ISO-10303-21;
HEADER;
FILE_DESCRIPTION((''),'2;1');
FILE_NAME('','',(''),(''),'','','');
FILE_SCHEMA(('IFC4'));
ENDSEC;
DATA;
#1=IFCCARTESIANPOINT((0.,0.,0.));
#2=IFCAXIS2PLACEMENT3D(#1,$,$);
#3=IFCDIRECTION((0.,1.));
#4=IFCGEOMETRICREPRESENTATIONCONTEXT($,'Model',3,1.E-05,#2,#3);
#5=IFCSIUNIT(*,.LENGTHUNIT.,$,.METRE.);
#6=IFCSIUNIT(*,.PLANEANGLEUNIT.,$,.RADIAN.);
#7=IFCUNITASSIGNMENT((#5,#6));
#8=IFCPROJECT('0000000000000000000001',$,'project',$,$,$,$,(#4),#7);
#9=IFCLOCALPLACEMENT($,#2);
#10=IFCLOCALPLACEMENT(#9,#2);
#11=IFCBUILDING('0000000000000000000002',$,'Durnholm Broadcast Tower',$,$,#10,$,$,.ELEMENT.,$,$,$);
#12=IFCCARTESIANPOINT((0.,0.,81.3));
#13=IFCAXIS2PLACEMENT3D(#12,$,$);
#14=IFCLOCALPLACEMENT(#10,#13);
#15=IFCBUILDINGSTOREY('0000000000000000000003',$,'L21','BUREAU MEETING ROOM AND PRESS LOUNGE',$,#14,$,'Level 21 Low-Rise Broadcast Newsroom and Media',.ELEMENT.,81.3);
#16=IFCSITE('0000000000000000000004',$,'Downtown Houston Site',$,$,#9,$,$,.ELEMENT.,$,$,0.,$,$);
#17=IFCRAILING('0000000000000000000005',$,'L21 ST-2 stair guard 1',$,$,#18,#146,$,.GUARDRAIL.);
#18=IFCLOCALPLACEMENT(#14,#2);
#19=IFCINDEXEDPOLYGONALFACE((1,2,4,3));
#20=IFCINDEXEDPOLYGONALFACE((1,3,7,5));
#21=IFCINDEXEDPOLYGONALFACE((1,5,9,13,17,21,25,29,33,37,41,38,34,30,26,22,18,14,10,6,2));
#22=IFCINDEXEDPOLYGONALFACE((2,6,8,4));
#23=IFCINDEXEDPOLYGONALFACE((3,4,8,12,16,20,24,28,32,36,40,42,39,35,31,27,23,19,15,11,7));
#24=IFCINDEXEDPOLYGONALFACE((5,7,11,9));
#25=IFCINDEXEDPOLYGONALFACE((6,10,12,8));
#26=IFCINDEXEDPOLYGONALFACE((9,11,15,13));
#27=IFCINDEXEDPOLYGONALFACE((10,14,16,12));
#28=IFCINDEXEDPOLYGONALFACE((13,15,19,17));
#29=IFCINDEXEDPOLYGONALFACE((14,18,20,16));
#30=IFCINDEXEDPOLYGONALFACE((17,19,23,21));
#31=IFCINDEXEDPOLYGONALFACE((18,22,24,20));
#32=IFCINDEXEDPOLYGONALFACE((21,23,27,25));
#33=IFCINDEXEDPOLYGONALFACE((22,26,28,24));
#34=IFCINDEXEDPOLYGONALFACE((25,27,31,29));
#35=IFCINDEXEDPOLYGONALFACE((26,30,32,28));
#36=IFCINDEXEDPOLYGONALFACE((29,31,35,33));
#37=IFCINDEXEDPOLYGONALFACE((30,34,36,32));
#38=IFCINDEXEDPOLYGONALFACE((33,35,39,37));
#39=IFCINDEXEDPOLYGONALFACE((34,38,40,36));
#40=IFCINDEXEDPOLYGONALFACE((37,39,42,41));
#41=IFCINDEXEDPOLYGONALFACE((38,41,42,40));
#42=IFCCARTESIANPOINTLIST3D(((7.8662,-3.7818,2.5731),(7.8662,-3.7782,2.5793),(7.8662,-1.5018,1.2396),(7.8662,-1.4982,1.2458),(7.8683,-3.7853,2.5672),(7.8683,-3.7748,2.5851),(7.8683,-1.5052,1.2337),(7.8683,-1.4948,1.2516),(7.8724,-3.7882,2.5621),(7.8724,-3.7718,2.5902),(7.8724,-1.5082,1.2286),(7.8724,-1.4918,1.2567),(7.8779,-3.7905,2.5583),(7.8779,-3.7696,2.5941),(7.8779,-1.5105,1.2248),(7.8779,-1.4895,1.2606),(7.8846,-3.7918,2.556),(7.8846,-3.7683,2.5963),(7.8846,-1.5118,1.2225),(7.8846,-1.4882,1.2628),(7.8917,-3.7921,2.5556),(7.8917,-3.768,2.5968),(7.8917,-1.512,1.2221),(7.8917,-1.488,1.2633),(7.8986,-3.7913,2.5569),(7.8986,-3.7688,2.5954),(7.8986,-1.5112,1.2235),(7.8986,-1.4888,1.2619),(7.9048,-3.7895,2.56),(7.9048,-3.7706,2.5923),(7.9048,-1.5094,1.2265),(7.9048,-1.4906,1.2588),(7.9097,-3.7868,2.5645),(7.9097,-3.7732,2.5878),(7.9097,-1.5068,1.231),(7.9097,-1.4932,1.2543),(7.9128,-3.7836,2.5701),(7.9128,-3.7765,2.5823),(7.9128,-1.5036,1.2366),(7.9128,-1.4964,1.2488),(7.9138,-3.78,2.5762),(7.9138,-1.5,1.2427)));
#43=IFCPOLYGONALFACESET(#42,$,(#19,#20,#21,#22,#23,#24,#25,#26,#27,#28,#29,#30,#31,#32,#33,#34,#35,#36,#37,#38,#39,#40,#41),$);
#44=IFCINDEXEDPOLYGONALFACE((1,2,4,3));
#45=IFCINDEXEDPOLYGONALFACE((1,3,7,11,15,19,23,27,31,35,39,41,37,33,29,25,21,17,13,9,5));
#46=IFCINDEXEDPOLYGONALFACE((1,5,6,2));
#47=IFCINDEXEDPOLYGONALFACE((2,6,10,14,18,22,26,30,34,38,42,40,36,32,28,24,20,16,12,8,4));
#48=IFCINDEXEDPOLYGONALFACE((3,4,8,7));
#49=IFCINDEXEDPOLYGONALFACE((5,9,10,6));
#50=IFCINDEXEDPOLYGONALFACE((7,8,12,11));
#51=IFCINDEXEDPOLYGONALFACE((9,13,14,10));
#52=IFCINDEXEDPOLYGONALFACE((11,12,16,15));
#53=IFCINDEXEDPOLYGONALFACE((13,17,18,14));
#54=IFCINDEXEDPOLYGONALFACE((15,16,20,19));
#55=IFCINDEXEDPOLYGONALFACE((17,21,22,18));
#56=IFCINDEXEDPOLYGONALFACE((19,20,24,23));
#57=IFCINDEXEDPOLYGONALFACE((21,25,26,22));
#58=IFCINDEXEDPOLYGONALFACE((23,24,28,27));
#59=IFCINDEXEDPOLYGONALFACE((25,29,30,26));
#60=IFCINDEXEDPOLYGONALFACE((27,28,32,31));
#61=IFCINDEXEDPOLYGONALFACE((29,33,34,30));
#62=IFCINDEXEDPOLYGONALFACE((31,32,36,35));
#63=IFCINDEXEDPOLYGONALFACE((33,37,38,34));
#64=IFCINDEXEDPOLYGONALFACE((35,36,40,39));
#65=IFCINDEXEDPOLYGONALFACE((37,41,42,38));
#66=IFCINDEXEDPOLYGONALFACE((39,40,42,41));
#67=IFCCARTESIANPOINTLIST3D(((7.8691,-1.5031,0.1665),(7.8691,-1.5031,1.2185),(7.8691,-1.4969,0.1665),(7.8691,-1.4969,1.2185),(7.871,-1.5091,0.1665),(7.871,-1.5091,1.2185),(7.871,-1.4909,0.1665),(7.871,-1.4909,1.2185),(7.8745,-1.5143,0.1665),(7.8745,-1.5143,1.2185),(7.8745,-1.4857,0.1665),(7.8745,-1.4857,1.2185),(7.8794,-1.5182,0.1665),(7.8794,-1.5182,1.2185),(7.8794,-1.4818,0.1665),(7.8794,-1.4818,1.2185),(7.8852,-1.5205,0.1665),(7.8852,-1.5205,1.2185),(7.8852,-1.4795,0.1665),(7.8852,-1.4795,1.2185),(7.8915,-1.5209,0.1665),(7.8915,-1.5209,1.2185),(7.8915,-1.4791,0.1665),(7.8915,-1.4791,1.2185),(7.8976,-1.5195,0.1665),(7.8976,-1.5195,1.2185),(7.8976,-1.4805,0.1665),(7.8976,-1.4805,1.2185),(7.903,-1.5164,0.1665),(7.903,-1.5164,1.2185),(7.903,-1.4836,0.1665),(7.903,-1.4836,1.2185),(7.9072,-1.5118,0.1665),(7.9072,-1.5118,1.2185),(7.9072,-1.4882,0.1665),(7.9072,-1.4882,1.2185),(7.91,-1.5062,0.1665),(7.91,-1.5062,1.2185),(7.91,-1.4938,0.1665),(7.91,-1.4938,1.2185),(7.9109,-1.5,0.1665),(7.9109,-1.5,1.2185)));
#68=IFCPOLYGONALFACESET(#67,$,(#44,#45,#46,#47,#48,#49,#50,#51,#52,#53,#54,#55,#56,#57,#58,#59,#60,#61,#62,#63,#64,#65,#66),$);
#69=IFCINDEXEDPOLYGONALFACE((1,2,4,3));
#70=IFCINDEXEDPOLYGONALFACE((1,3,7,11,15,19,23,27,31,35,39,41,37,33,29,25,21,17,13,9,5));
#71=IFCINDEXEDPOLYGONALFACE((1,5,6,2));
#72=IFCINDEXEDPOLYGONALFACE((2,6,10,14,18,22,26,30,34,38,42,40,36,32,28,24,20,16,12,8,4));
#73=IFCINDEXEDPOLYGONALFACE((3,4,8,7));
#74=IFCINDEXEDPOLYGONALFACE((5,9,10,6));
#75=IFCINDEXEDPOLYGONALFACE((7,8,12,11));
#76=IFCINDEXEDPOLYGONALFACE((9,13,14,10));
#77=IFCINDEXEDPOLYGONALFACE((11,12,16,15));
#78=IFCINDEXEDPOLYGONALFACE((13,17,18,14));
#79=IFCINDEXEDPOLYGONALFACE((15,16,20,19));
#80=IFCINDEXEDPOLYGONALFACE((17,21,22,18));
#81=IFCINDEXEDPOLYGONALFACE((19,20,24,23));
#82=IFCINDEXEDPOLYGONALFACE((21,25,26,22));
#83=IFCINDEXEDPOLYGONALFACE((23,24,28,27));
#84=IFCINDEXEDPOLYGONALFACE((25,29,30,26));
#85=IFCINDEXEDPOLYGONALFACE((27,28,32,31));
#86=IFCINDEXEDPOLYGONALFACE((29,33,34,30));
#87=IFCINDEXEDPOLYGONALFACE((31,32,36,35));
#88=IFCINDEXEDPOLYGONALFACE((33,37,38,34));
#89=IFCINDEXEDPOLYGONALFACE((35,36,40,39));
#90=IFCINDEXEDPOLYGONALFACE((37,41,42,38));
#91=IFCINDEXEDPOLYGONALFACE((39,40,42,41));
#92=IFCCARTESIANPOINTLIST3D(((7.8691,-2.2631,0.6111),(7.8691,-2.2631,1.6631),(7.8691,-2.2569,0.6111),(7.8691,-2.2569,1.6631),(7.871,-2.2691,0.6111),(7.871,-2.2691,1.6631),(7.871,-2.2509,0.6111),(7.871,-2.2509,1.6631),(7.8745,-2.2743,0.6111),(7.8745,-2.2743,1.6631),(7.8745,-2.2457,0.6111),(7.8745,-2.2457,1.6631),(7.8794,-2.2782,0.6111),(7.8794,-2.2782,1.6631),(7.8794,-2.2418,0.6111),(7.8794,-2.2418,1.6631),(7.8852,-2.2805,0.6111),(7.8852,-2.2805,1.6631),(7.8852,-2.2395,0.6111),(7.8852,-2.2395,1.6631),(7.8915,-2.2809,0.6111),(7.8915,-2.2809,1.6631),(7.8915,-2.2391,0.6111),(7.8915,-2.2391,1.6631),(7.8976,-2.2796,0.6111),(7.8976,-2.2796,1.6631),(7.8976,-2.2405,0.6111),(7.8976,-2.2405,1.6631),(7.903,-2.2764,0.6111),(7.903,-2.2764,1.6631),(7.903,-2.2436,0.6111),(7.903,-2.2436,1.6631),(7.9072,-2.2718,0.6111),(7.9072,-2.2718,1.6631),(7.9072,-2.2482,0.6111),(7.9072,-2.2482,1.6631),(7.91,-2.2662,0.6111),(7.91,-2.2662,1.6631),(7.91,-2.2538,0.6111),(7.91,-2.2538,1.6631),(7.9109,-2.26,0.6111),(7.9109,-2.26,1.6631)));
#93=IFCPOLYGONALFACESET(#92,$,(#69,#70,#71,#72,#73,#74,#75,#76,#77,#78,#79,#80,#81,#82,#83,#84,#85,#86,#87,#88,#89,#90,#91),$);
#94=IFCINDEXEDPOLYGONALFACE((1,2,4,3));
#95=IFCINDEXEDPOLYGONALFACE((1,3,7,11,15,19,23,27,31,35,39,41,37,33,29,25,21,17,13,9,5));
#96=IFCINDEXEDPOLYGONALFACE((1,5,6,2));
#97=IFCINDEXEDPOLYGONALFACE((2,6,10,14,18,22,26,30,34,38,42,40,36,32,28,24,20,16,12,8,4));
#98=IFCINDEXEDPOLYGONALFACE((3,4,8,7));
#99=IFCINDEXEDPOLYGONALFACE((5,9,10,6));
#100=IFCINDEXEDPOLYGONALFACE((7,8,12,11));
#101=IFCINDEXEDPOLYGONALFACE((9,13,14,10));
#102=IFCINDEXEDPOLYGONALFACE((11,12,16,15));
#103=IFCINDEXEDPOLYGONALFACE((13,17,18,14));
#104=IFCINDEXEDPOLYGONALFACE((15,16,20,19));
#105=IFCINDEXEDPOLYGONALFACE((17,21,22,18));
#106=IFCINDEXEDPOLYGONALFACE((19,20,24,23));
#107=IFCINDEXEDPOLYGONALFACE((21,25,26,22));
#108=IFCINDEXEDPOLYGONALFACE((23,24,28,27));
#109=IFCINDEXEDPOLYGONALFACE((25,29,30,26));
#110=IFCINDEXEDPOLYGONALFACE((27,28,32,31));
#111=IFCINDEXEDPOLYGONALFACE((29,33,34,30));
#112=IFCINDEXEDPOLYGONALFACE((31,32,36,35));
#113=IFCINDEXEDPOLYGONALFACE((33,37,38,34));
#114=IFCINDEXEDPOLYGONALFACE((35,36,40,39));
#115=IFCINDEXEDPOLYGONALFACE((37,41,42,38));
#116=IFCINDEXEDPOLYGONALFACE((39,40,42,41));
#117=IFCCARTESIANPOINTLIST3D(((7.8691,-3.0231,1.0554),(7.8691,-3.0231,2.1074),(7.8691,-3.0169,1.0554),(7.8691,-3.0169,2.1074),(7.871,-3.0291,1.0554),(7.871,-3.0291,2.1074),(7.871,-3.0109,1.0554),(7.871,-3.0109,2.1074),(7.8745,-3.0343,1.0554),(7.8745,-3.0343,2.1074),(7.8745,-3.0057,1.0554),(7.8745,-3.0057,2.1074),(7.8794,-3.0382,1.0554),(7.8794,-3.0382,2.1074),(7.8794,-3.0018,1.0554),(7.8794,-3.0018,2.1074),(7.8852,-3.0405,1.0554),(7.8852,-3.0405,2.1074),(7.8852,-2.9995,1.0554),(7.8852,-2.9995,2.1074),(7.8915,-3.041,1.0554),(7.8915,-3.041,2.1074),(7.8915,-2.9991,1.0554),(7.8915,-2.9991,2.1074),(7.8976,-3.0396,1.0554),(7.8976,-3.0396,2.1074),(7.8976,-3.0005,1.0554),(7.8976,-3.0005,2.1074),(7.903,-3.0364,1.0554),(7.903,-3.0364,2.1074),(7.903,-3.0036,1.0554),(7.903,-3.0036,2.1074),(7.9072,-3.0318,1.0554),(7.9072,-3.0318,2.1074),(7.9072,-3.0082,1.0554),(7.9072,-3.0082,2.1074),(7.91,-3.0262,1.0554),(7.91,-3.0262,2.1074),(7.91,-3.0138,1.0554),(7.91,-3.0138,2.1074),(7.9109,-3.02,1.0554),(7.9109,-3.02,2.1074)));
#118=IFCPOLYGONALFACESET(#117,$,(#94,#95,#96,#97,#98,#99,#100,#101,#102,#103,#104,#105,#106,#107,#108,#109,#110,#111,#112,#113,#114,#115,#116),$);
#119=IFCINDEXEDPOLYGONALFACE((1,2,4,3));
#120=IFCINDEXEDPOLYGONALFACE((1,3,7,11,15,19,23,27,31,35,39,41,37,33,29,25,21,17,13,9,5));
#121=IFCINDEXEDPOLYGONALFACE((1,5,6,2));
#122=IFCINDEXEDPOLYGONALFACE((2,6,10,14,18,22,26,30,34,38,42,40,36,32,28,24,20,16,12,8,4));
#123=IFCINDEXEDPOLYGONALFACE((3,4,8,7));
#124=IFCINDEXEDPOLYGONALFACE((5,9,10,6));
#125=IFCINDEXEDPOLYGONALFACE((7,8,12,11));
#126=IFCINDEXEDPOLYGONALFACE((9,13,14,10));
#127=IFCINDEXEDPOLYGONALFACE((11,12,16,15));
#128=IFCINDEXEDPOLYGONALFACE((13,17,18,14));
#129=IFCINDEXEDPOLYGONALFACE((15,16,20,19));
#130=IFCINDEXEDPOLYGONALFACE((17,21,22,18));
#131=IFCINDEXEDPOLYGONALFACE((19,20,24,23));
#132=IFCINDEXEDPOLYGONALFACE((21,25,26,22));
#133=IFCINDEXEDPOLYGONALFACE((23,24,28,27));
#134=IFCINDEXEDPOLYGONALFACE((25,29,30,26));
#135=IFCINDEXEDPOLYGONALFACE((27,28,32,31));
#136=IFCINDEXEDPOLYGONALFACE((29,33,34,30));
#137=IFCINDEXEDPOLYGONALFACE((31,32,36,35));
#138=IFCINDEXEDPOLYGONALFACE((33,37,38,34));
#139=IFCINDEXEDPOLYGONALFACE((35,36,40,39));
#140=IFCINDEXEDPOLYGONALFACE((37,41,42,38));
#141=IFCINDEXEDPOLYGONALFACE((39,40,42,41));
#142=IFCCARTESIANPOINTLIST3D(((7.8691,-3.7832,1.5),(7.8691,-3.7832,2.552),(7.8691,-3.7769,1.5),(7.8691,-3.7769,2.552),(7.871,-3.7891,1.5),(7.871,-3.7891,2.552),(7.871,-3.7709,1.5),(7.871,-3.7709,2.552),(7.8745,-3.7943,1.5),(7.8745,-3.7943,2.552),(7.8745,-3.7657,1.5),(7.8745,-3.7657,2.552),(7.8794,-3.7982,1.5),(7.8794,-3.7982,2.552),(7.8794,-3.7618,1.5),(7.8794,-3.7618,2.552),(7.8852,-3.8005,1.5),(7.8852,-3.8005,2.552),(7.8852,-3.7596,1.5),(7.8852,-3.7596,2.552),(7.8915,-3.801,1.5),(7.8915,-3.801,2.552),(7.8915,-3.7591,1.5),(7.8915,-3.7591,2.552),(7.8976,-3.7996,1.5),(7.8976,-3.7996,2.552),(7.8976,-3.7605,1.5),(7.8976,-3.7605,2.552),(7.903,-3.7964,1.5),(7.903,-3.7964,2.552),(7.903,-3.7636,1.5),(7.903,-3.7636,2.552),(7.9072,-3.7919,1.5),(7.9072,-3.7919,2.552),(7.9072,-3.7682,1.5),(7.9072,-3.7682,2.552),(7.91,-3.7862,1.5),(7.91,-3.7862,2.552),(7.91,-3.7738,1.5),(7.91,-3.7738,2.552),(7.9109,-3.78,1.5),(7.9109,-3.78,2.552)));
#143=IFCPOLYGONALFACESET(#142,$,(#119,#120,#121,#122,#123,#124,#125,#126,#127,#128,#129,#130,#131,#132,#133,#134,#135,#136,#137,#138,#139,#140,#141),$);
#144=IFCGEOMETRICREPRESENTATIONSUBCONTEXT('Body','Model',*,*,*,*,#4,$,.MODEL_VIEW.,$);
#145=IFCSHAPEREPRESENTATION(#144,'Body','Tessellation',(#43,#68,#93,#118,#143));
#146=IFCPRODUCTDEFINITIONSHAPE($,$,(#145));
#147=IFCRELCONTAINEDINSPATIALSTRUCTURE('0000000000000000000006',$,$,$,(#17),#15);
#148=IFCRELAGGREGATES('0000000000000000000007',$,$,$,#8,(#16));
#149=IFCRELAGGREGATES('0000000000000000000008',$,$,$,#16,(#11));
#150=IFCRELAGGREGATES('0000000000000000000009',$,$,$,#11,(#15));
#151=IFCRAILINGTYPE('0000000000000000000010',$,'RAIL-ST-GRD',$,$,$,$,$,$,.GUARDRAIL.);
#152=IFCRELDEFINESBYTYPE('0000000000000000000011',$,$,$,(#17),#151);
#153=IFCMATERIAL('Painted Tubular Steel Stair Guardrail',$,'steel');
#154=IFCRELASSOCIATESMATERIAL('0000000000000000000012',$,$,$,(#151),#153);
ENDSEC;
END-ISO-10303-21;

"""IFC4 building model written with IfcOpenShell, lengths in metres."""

from ifc_helpers import new_model, si_unit, direction, frame, origin, origin_2d, place, context, subcontext, project, spatial, circle, extrude, material, type_object, element, save


model = new_model("IFC4")

# Units and contexts
model_context = context("Model", 3, precision=1e-05, world=origin(), true_north=direction((0.0, 1.0)))
body_context = subcontext(model_context, "Body", "Model", "MODEL_VIEW")
ifc_project = project(units=[si_unit("LENGTHUNIT", "METRE"), si_unit("PLANEANGLEUNIT", "RADIAN")], contexts=[model_context])

# Site, building, storey
site_placement = place(None, origin())
site = spatial("IfcSite", under=ifc_project, at=site_placement, Name="Downtown Houston Site", CompositionType="ELEMENT", RefElevation=0.0)
building_placement = place(site_placement, origin())
building = spatial("IfcBuilding", under=site, at=building_placement, Name="Durnholm Broadcast Tower", CompositionType="ELEMENT")
storey_placement = place(building_placement, frame((0.0, 0.0, 81.3)))
storey = spatial("IfcBuildingStorey", under=building, at=storey_placement, Name="L21", Description="BUREAU MEETING ROOM AND PRESS LOUNGE", LongName="Level 21 Low-Rise Broadcast Newsroom and Media", CompositionType="ELEMENT", Elevation=81.3)

# Railing
ifc_material_1 = material(Name="Painted Tubular Steel Stair Guardrail", Category="steel")
railing_type_1 = type_object("IfcRailingType", Name="RAIL-ST-GRD", PredefinedType="GUARDRAIL", material=ifc_material_1)
railing_1_placement = place(storey_placement, frame((7.8899, -1.5, 0.1665)))
element("IfcRailing", 1, at=railing_1_placement, inside=storey, type_object=railing_type_1, Name="L21 ST-2 stair guard 1", PredefinedType="GUARDRAIL", context=body_context, shape_type="SweptSolid", body=[
    extrude(circle(Radius=0.0239, at=origin_2d()), frame((0.0, 0.0, 1.0762), z_axis=(0.0, -0.863205, 0.504853), x_axis=(1.0, 0.0, 0.0)), (0.0, 0.0, 1.0), 2.6414),
    extrude(circle(Radius=0.021, at=origin_2d()), origin(), (0.0, 0.0, 1.0), 1.052),
    extrude(circle(Radius=0.021, at=origin_2d()), frame((0.0, -0.76, 0.4446)), (0.0, 0.0, 1.0), 1.052),
    extrude(circle(Radius=0.021, at=origin_2d()), frame((0.0, -1.52, 0.8889)), (0.0, 0.0, 1.0), 1.052),
    extrude(circle(Radius=0.021, at=origin_2d()), frame((0.0, -2.28, 1.3335)), (0.0, 0.0, 1.0), 1.052),
])

save(model, "model.ifc")
